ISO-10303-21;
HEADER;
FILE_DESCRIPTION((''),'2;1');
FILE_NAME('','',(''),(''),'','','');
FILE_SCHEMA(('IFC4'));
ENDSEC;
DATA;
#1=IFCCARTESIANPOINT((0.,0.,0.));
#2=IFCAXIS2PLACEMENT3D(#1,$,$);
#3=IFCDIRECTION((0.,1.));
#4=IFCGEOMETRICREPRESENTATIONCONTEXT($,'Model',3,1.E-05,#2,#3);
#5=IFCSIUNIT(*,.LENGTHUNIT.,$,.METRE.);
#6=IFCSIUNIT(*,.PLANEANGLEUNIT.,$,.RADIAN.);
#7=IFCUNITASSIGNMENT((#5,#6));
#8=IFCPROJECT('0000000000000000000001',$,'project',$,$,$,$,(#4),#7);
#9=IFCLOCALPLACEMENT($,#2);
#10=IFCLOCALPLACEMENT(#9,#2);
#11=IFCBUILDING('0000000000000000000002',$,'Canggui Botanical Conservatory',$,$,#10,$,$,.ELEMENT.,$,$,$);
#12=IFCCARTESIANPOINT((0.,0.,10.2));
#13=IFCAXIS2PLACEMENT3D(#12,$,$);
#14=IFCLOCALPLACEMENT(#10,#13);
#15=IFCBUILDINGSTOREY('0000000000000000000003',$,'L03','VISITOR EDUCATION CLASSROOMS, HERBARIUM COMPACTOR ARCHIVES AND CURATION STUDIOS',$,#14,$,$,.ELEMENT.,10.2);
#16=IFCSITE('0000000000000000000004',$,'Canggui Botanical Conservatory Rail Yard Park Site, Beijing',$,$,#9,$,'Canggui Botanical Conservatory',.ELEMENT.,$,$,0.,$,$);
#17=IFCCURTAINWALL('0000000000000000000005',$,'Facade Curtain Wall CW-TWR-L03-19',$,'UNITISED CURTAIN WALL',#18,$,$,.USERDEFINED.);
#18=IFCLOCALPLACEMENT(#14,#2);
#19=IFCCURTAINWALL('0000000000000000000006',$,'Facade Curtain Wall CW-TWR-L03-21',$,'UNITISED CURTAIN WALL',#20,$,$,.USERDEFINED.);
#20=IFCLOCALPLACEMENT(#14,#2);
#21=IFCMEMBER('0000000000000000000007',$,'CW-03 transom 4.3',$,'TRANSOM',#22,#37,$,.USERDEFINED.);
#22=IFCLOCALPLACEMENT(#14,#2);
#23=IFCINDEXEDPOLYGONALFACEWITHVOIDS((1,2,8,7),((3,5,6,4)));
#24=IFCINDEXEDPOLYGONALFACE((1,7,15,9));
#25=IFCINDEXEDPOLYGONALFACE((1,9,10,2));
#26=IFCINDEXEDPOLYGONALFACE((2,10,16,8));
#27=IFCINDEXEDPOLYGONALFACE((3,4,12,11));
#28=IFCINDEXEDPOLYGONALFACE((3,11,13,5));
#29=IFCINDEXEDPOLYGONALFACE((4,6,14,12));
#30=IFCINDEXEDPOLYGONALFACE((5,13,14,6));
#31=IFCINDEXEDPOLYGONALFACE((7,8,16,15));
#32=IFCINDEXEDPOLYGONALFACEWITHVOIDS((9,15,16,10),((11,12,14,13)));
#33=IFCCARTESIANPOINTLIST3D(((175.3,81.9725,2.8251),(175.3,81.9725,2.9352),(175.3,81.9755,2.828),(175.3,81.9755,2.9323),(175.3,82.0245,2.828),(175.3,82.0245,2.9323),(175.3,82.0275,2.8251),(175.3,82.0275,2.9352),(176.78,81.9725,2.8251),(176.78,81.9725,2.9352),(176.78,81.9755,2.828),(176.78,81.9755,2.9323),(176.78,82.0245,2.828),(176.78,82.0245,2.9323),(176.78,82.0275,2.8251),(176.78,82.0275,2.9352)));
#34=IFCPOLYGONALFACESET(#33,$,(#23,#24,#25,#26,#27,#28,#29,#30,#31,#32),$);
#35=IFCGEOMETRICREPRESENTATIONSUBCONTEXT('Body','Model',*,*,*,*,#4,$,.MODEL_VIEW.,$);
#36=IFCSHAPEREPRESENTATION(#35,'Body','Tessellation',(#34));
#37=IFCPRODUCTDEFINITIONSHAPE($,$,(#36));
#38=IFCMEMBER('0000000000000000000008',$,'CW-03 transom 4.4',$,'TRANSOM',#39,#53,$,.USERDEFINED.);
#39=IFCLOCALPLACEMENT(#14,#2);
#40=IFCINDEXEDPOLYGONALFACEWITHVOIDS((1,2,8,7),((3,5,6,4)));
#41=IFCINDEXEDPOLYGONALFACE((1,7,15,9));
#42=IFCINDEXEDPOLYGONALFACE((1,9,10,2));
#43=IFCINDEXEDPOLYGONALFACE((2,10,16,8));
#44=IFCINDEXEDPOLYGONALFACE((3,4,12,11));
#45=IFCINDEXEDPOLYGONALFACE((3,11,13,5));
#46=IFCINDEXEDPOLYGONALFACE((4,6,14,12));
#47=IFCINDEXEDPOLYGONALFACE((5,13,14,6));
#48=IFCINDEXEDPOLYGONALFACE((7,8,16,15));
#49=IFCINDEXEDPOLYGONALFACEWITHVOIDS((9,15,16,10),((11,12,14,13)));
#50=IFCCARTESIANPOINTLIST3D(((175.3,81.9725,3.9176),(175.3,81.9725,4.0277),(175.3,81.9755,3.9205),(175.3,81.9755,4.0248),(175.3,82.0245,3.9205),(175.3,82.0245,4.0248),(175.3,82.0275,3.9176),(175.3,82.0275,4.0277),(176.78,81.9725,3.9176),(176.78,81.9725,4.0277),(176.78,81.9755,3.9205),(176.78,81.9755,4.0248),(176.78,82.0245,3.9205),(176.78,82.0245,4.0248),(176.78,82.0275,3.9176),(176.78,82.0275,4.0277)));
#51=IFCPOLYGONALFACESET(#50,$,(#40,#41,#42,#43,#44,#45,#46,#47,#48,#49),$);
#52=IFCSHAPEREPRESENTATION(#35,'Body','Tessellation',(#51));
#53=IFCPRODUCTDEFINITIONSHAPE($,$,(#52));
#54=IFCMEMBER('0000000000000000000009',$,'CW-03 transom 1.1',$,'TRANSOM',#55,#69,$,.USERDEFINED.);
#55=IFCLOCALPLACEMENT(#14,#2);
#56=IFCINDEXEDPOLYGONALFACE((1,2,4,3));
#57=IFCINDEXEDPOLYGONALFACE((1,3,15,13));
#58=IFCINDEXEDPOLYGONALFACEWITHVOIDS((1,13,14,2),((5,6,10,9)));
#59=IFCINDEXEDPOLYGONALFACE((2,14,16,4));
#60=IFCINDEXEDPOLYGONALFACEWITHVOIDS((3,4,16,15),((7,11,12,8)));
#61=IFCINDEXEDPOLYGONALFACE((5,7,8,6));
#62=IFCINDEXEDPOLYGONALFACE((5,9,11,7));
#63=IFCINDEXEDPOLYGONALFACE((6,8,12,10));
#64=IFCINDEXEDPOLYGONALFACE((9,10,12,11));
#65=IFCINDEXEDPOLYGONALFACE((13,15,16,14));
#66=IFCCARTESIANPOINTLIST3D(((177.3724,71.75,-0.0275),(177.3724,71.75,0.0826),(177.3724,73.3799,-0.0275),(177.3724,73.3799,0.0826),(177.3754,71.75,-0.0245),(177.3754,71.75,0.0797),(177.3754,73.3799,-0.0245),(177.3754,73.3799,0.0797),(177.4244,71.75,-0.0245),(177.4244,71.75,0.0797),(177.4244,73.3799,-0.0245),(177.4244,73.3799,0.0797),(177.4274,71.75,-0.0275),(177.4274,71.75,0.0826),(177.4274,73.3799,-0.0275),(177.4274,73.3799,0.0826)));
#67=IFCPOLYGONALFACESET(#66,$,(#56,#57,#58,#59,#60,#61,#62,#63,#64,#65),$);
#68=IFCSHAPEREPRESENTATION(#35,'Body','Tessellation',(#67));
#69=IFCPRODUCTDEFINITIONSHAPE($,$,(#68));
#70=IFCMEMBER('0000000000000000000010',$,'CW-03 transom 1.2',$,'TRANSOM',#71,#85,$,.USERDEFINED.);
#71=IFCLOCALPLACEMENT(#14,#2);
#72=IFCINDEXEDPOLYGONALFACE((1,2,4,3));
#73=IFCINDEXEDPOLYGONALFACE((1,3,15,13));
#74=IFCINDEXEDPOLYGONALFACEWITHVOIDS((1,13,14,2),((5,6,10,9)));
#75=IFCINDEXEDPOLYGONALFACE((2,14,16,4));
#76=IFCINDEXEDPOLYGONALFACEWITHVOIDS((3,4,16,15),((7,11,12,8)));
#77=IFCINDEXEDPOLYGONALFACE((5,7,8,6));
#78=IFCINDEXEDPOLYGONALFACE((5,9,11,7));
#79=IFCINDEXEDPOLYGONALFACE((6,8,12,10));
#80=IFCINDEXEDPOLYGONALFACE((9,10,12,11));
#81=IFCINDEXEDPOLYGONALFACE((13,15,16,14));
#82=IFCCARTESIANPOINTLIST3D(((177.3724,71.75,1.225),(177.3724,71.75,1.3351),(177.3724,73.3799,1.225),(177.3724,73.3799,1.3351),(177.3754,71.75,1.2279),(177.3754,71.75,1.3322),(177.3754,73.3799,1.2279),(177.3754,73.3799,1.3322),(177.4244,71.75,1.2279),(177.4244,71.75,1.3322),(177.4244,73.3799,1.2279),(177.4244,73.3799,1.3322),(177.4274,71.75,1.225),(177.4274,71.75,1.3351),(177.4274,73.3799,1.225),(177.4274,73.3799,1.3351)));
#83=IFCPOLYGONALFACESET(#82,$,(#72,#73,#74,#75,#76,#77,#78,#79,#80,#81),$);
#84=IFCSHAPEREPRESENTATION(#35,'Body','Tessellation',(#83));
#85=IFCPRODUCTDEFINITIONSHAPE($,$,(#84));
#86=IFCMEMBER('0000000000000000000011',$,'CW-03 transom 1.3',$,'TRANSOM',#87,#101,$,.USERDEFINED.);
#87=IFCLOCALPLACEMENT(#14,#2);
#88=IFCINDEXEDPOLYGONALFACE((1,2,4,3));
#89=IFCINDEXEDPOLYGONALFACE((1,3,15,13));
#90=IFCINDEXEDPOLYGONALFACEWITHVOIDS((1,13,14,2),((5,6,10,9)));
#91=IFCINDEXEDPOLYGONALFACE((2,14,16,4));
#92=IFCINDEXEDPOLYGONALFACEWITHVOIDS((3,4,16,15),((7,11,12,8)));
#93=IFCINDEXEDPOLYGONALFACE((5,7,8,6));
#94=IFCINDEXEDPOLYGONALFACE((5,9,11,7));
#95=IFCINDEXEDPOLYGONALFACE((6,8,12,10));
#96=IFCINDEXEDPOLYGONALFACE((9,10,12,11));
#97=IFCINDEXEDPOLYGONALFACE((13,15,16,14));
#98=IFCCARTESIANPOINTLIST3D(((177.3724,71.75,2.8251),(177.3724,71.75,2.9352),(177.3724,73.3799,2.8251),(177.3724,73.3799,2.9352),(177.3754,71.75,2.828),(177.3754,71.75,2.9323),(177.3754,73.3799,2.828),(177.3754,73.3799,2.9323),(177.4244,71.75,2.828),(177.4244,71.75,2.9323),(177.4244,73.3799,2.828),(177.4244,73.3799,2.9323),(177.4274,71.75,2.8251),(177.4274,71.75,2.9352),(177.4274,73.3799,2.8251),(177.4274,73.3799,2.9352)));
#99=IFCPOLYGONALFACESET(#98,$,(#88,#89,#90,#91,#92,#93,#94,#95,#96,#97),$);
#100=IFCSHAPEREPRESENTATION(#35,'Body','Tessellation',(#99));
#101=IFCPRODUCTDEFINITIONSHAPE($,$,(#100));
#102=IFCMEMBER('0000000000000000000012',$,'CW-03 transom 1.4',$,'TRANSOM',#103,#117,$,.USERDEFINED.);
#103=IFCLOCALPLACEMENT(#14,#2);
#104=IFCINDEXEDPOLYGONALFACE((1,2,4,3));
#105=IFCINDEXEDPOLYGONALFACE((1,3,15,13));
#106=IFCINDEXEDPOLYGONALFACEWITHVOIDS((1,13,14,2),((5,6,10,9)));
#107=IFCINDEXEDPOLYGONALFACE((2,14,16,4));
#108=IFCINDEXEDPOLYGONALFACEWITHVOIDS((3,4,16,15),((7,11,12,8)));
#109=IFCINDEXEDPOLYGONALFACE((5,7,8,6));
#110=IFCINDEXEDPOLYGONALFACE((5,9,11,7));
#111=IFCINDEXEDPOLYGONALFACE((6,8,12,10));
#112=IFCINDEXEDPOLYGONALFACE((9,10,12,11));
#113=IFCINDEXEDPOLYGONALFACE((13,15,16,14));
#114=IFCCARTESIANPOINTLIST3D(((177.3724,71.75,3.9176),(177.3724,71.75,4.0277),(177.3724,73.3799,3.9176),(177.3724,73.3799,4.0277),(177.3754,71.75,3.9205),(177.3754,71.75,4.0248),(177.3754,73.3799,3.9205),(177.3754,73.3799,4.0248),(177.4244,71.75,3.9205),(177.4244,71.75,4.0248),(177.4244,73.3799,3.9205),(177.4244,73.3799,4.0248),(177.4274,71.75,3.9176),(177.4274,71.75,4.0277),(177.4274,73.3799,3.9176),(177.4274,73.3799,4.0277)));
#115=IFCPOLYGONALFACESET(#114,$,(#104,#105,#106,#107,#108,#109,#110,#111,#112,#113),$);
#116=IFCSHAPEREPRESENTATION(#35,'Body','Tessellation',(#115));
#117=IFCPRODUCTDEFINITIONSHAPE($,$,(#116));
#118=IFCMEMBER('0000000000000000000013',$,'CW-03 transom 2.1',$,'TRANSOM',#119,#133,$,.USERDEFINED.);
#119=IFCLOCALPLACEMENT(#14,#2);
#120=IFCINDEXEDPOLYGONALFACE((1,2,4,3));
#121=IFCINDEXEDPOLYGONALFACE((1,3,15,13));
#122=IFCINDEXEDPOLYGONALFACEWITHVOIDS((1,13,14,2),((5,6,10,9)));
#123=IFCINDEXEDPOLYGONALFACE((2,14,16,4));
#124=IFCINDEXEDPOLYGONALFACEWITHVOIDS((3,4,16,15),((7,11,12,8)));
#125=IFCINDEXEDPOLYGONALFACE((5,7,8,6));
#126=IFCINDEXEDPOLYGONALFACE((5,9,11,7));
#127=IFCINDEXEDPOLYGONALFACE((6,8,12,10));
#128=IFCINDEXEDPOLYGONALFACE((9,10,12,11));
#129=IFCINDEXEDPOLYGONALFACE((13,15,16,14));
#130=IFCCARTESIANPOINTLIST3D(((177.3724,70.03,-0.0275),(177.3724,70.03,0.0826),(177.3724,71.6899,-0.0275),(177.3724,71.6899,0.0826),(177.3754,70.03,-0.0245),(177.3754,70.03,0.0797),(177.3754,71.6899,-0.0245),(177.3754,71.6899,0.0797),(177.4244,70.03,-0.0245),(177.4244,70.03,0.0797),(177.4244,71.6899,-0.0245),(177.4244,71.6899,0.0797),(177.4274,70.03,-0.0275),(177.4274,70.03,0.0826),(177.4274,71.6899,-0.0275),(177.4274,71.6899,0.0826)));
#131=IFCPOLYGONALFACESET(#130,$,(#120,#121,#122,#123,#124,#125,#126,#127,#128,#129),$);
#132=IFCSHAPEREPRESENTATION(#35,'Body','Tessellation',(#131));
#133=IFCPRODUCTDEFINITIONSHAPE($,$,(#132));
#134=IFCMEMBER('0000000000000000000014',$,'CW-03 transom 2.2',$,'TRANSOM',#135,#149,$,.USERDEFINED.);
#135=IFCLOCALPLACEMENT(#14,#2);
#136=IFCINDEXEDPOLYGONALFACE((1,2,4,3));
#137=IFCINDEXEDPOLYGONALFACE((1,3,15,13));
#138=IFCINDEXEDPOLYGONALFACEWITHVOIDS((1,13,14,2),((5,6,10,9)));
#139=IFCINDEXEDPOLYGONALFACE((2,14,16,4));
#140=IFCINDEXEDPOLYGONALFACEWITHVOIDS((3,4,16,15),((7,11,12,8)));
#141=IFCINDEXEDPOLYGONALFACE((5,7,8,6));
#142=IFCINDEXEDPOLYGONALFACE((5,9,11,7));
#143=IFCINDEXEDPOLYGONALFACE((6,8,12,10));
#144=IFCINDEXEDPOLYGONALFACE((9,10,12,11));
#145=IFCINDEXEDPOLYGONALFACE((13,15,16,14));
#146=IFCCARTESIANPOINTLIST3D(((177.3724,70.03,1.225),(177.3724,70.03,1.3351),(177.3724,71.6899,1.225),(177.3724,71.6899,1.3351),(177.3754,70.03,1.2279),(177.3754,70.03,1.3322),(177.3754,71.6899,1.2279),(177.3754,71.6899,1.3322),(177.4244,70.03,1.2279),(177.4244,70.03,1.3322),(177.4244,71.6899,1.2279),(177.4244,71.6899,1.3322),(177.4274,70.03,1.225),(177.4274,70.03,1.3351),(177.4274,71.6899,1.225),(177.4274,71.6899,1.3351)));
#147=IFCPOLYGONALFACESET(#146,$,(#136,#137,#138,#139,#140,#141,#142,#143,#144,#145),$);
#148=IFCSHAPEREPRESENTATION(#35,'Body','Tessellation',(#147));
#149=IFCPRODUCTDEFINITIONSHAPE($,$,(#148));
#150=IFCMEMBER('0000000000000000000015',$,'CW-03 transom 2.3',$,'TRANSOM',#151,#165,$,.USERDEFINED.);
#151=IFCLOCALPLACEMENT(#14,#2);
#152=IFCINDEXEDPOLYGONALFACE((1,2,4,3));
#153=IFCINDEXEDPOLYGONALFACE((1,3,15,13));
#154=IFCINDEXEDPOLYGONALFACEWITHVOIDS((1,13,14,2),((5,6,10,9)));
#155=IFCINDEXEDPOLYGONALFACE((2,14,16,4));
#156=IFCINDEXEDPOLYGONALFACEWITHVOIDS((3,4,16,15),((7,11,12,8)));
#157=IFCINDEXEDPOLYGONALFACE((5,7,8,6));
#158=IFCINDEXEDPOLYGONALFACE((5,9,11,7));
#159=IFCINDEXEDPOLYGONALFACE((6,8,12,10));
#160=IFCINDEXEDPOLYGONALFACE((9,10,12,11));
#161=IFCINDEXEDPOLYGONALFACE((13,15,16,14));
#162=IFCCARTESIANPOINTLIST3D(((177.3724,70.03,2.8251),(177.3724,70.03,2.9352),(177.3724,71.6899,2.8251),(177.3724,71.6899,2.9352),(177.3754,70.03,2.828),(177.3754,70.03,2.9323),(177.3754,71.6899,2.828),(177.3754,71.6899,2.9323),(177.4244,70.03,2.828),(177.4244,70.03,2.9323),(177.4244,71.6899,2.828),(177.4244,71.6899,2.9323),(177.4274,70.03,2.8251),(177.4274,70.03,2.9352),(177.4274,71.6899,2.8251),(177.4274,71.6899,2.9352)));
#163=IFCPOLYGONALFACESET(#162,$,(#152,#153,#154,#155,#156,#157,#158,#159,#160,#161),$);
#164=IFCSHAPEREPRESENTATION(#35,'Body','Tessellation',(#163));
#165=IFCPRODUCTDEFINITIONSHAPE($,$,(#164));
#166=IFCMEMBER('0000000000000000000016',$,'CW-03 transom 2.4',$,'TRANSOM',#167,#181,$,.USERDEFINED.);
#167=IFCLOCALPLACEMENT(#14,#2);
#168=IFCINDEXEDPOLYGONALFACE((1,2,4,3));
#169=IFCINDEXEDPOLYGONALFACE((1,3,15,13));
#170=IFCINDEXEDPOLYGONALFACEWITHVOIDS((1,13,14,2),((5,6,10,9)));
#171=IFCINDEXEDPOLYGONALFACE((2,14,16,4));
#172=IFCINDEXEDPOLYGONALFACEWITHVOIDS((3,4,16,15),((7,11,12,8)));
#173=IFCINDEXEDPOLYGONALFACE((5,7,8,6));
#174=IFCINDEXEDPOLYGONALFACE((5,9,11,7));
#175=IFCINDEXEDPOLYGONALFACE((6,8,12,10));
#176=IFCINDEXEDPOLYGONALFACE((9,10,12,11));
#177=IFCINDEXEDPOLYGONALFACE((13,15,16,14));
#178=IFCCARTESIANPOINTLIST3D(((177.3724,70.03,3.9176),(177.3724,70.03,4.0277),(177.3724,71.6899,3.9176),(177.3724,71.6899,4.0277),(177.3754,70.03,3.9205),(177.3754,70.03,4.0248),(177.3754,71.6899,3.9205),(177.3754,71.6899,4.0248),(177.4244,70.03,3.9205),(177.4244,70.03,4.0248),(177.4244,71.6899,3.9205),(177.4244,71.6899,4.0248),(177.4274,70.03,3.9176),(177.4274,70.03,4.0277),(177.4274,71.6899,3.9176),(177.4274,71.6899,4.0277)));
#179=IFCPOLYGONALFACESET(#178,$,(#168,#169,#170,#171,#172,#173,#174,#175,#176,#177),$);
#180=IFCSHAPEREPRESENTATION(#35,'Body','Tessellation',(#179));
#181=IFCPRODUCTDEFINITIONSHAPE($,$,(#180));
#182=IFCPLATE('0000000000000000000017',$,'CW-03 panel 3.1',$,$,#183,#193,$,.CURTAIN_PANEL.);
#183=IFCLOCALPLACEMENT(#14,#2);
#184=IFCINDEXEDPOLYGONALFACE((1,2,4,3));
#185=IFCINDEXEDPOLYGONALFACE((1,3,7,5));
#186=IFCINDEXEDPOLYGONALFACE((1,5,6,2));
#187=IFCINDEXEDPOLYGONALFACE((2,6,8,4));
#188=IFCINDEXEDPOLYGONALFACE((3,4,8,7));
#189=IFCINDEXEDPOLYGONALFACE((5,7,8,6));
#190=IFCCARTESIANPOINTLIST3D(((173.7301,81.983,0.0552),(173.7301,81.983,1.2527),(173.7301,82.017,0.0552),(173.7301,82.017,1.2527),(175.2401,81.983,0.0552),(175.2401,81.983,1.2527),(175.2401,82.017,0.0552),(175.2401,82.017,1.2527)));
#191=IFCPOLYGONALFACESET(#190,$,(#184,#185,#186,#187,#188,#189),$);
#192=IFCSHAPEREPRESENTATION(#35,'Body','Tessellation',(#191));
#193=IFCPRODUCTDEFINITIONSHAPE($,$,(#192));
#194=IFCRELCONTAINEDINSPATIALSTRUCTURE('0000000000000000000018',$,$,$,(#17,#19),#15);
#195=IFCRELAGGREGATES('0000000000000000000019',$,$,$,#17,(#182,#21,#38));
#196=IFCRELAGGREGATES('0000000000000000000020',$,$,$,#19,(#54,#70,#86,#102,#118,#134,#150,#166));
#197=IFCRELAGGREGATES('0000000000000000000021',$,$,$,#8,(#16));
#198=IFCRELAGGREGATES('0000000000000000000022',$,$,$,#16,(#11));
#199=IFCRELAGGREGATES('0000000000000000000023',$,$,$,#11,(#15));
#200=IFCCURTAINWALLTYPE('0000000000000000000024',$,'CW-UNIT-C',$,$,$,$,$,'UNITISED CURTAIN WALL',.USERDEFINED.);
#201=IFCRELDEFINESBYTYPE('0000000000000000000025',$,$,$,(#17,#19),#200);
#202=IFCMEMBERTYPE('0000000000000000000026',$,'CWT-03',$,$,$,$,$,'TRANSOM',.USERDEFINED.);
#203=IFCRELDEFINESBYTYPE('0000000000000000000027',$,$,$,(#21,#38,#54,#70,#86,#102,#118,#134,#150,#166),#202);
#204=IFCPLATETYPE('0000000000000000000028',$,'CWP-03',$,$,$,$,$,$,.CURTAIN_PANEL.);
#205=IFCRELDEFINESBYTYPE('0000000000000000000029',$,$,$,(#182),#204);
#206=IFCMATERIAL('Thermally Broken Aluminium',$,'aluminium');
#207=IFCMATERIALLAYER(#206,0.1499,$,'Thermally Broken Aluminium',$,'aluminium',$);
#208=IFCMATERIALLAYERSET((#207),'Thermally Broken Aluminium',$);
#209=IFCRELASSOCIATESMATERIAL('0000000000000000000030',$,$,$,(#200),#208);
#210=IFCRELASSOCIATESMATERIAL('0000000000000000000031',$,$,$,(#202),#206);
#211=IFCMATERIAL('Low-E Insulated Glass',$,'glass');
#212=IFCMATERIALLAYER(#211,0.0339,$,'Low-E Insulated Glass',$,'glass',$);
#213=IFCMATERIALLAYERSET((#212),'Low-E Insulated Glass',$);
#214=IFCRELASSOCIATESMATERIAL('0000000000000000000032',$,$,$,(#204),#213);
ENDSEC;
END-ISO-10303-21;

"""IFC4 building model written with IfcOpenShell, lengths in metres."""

from ifc_helpers import new_model, si_unit, direction, frame, origin, origin_2d, place, context, subcontext, project, spatial, rectangle, hollow_rectangle, extrude, material, layer, layer_set, material_profile, profile_set, type_object, element, aggregate, save


model = new_model("IFC4")

# Units and contexts
model_context = context("Model", 3, precision=1e-05, world=origin(), true_north=direction((0.0, 1.0)))
body_context = subcontext(model_context, "Body", "Model", "MODEL_VIEW")
ifc_project = project(units=[si_unit("LENGTHUNIT", "METRE"), si_unit("PLANEANGLEUNIT", "RADIAN")], contexts=[model_context])

# Site, building, storey
site_placement = place(None, origin())
site = spatial("IfcSite", under=ifc_project, at=site_placement, Name="Canggui Botanical Conservatory Rail Yard Park Site, Beijing", LongName="Canggui Botanical Conservatory", CompositionType="ELEMENT", RefElevation=0.0)
building_placement = place(site_placement, origin())
building = spatial("IfcBuilding", under=site, at=building_placement, Name="Canggui Botanical Conservatory", CompositionType="ELEMENT")
storey_placement = place(building_placement, frame((0.0, 0.0, 10.2)))
storey = spatial("IfcBuildingStorey", under=building, at=storey_placement, Name="L03", Description="VISITOR EDUCATION CLASSROOMS, HERBARIUM COMPACTOR ARCHIVES AND CURATION STUDIOS", CompositionType="ELEMENT", Elevation=10.2)

# Curtain walls
ifc_material_1 = material(Name="Thermally Broken Aluminium", Category="aluminium")
ifc_layer_1 = layer(ifc_material_1, 0.1499, Name="Thermally Broken Aluminium", Category="aluminium")
ifc_layer_set_1 = layer_set([ifc_layer_1], Name="Thermally Broken Aluminium")
curtain_wall_type = type_object("IfcCurtainWallType", Name="CW-UNIT-C", ElementType="UNITISED CURTAIN WALL", PredefinedType="USERDEFINED", material=ifc_layer_set_1)
curtain_wall_1_placement = place(storey_placement, origin())
curtain_wall_1 = element("IfcCurtainWall", 1, at=curtain_wall_1_placement, inside=storey, type_object=curtain_wall_type, Name="Facade Curtain Wall CW-TWR-L03-19", ObjectType="UNITISED CURTAIN WALL", PredefinedType="USERDEFINED")
curtain_wall_2_placement = place(storey_placement, origin())
curtain_wall_2 = element("IfcCurtainWall", 2, at=curtain_wall_2_placement, inside=storey, type_object=curtain_wall_type, Name="Facade Curtain Wall CW-TWR-L03-21", ObjectType="UNITISED CURTAIN WALL", PredefinedType="USERDEFINED")

# Members
ifc_material_profile_1 = material_profile(ifc_material_1, hollow_rectangle(XDim=0.0549, YDim=0.1101, WallThickness=0.0029, at=origin_2d()), Name="CWT 55x110x3")
ifc_profile_set_1 = profile_set([ifc_material_profile_1], Name="Thermally Broken Aluminium")
member_type_1 = type_object("IfcMemberType", Name="CWT-03", ElementType="TRANSOM", PredefinedType="USERDEFINED", material=ifc_profile_set_1)
member_1_placement = place(storey_placement, frame((175.3, 82.0, 2.8801), z_axis=(1.0, 0.0, 0.0), x_axis=(0.0, 1.0, 0.0)))
member_1 = element("IfcMember", 3, at=member_1_placement, type_object=member_type_1, Name="CW-03 transom 4.3", ObjectType="TRANSOM", PredefinedType="USERDEFINED", context=body_context, shape_type="SweptSolid", body=[
    extrude(hollow_rectangle(XDim=0.0549, YDim=0.1101, WallThickness=0.0029, at=origin_2d()), origin(), (0.0, 0.0, 1.0), 1.48),
])
member_2_placement = place(storey_placement, frame((175.3, 82.0, 3.9727), z_axis=(1.0, 0.0, 0.0), x_axis=(0.0, 1.0, 0.0)))
member_2 = element("IfcMember", 4, at=member_2_placement, type_object=member_type_1, Name="CW-03 transom 4.4", ObjectType="TRANSOM", PredefinedType="USERDEFINED", context=body_context, shape_type="SweptSolid", body=[
    extrude(hollow_rectangle(XDim=0.0549, YDim=0.1101, WallThickness=0.0029, at=origin_2d()), origin(), (0.0, 0.0, 1.0), 1.48),
])
member_3_placement = place(storey_placement, frame((177.3999, 73.3799, 0.0276), z_axis=(0.0, -1.0, 0.0), x_axis=(1.0, 0.0, 0.0)))
member_3 = element("IfcMember", 5, at=member_3_placement, type_object=member_type_1, Name="CW-03 transom 1.1", ObjectType="TRANSOM", PredefinedType="USERDEFINED", context=body_context, shape_type="SweptSolid", body=[
    extrude(hollow_rectangle(XDim=0.0549, YDim=0.1101, WallThickness=0.0029, at=origin_2d()), origin(), (0.0, 0.0, 1.0), 1.6299),
])
member_4_placement = place(storey_placement, frame((177.3999, 73.3799, 1.28), z_axis=(0.0, -1.0, 0.0), x_axis=(1.0, 0.0, 0.0)))
member_4 = element("IfcMember", 6, at=member_4_placement, type_object=member_type_1, Name="CW-03 transom 1.2", ObjectType="TRANSOM", PredefinedType="USERDEFINED", context=body_context, shape_type="SweptSolid", body=[
    extrude(hollow_rectangle(XDim=0.0549, YDim=0.1101, WallThickness=0.0029, at=origin_2d()), origin(), (0.0, 0.0, 1.0), 1.6299),
])
member_5_placement = place(storey_placement, frame((177.3999, 73.3799, 2.8801), z_axis=(0.0, -1.0, 0.0), x_axis=(1.0, 0.0, 0.0)))
member_5 = element("IfcMember", 7, at=member_5_placement, type_object=member_type_1, Name="CW-03 transom 1.3", ObjectType="TRANSOM", PredefinedType="USERDEFINED", context=body_context, shape_type="SweptSolid", body=[
    extrude(hollow_rectangle(XDim=0.0549, YDim=0.1101, WallThickness=0.0029, at=origin_2d()), origin(), (0.0, 0.0, 1.0), 1.6299),
])
member_6_placement = place(storey_placement, frame((177.3999, 73.3799, 3.9727), z_axis=(0.0, -1.0, 0.0), x_axis=(1.0, 0.0, 0.0)))
member_6 = element("IfcMember", 8, at=member_6_placement, type_object=member_type_1, Name="CW-03 transom 1.4", ObjectType="TRANSOM", PredefinedType="USERDEFINED", context=body_context, shape_type="SweptSolid", body=[
    extrude(hollow_rectangle(XDim=0.0549, YDim=0.1101, WallThickness=0.0029, at=origin_2d()), origin(), (0.0, 0.0, 1.0), 1.6299),
])
member_7_placement = place(storey_placement, frame((177.3999, 71.6899, 0.0276), z_axis=(0.0, -1.0, 0.0), x_axis=(1.0, 0.0, 0.0)))
member_7 = element("IfcMember", 9, at=member_7_placement, type_object=member_type_1, Name="CW-03 transom 2.1", ObjectType="TRANSOM", PredefinedType="USERDEFINED", context=body_context, shape_type="SweptSolid", body=[
    extrude(hollow_rectangle(XDim=0.0549, YDim=0.1101, WallThickness=0.0029, at=origin_2d()), origin(), (0.0, 0.0, 1.0), 1.6599),
])
member_8_placement = place(storey_placement, frame((177.3999, 71.6899, 1.28), z_axis=(0.0, -1.0, 0.0), x_axis=(1.0, 0.0, 0.0)))
member_8 = element("IfcMember", 10, at=member_8_placement, type_object=member_type_1, Name="CW-03 transom 2.2", ObjectType="TRANSOM", PredefinedType="USERDEFINED", context=body_context, shape_type="SweptSolid", body=[
    extrude(hollow_rectangle(XDim=0.0549, YDim=0.1101, WallThickness=0.0029, at=origin_2d()), origin(), (0.0, 0.0, 1.0), 1.6599),
])
member_9_placement = place(storey_placement, frame((177.3999, 71.6899, 2.8801), z_axis=(0.0, -1.0, 0.0), x_axis=(1.0, 0.0, 0.0)))
member_9 = element("IfcMember", 11, at=member_9_placement, type_object=member_type_1, Name="CW-03 transom 2.3", ObjectType="TRANSOM", PredefinedType="USERDEFINED", context=body_context, shape_type="SweptSolid", body=[
    extrude(hollow_rectangle(XDim=0.0549, YDim=0.1101, WallThickness=0.0029, at=origin_2d()), origin(), (0.0, 0.0, 1.0), 1.6599),
])
member_10_placement = place(storey_placement, frame((177.3999, 71.6899, 3.9727), z_axis=(0.0, -1.0, 0.0), x_axis=(1.0, 0.0, 0.0)))
member_10 = element("IfcMember", 12, at=member_10_placement, type_object=member_type_1, Name="CW-03 transom 2.4", ObjectType="TRANSOM", PredefinedType="USERDEFINED", context=body_context, shape_type="SweptSolid", body=[
    extrude(hollow_rectangle(XDim=0.0549, YDim=0.1101, WallThickness=0.0029, at=origin_2d()), origin(), (0.0, 0.0, 1.0), 1.6599),
])

# Plate
ifc_material_2 = material(Name="Low-E Insulated Glass", Category="glass")
ifc_layer_2 = layer(ifc_material_2, 0.0339, Name="Low-E Insulated Glass", Category="glass")
ifc_layer_set_2 = layer_set([ifc_layer_2], Name="Low-E Insulated Glass")
plate_type = type_object("IfcPlateType", Name="CWP-03", PredefinedType="CURTAIN_PANEL", material=ifc_layer_set_2)
plate_1_placement = place(storey_placement, frame((174.4851, 82.0, 0.0552), z_axis=(0.0, 0.0, 1.0), x_axis=(1.0, 0.0, 0.0)))
plate_1 = element("IfcPlate", 13, at=plate_1_placement, type_object=plate_type, Name="CW-03 panel 3.1", PredefinedType="CURTAIN_PANEL", context=body_context, shape_type="SweptSolid", body=[
    extrude(rectangle(XDim=1.51, YDim=0.0339, at=origin_2d()), origin(), (0.0, 0.0, 1.0), 1.1975),
])
aggregate(curtain_wall_1, [plate_1, member_1, member_2])
aggregate(curtain_wall_2, [member_3, member_4, member_5, member_6, member_7, member_8, member_9, member_10])

save(model, "model.ifc")
